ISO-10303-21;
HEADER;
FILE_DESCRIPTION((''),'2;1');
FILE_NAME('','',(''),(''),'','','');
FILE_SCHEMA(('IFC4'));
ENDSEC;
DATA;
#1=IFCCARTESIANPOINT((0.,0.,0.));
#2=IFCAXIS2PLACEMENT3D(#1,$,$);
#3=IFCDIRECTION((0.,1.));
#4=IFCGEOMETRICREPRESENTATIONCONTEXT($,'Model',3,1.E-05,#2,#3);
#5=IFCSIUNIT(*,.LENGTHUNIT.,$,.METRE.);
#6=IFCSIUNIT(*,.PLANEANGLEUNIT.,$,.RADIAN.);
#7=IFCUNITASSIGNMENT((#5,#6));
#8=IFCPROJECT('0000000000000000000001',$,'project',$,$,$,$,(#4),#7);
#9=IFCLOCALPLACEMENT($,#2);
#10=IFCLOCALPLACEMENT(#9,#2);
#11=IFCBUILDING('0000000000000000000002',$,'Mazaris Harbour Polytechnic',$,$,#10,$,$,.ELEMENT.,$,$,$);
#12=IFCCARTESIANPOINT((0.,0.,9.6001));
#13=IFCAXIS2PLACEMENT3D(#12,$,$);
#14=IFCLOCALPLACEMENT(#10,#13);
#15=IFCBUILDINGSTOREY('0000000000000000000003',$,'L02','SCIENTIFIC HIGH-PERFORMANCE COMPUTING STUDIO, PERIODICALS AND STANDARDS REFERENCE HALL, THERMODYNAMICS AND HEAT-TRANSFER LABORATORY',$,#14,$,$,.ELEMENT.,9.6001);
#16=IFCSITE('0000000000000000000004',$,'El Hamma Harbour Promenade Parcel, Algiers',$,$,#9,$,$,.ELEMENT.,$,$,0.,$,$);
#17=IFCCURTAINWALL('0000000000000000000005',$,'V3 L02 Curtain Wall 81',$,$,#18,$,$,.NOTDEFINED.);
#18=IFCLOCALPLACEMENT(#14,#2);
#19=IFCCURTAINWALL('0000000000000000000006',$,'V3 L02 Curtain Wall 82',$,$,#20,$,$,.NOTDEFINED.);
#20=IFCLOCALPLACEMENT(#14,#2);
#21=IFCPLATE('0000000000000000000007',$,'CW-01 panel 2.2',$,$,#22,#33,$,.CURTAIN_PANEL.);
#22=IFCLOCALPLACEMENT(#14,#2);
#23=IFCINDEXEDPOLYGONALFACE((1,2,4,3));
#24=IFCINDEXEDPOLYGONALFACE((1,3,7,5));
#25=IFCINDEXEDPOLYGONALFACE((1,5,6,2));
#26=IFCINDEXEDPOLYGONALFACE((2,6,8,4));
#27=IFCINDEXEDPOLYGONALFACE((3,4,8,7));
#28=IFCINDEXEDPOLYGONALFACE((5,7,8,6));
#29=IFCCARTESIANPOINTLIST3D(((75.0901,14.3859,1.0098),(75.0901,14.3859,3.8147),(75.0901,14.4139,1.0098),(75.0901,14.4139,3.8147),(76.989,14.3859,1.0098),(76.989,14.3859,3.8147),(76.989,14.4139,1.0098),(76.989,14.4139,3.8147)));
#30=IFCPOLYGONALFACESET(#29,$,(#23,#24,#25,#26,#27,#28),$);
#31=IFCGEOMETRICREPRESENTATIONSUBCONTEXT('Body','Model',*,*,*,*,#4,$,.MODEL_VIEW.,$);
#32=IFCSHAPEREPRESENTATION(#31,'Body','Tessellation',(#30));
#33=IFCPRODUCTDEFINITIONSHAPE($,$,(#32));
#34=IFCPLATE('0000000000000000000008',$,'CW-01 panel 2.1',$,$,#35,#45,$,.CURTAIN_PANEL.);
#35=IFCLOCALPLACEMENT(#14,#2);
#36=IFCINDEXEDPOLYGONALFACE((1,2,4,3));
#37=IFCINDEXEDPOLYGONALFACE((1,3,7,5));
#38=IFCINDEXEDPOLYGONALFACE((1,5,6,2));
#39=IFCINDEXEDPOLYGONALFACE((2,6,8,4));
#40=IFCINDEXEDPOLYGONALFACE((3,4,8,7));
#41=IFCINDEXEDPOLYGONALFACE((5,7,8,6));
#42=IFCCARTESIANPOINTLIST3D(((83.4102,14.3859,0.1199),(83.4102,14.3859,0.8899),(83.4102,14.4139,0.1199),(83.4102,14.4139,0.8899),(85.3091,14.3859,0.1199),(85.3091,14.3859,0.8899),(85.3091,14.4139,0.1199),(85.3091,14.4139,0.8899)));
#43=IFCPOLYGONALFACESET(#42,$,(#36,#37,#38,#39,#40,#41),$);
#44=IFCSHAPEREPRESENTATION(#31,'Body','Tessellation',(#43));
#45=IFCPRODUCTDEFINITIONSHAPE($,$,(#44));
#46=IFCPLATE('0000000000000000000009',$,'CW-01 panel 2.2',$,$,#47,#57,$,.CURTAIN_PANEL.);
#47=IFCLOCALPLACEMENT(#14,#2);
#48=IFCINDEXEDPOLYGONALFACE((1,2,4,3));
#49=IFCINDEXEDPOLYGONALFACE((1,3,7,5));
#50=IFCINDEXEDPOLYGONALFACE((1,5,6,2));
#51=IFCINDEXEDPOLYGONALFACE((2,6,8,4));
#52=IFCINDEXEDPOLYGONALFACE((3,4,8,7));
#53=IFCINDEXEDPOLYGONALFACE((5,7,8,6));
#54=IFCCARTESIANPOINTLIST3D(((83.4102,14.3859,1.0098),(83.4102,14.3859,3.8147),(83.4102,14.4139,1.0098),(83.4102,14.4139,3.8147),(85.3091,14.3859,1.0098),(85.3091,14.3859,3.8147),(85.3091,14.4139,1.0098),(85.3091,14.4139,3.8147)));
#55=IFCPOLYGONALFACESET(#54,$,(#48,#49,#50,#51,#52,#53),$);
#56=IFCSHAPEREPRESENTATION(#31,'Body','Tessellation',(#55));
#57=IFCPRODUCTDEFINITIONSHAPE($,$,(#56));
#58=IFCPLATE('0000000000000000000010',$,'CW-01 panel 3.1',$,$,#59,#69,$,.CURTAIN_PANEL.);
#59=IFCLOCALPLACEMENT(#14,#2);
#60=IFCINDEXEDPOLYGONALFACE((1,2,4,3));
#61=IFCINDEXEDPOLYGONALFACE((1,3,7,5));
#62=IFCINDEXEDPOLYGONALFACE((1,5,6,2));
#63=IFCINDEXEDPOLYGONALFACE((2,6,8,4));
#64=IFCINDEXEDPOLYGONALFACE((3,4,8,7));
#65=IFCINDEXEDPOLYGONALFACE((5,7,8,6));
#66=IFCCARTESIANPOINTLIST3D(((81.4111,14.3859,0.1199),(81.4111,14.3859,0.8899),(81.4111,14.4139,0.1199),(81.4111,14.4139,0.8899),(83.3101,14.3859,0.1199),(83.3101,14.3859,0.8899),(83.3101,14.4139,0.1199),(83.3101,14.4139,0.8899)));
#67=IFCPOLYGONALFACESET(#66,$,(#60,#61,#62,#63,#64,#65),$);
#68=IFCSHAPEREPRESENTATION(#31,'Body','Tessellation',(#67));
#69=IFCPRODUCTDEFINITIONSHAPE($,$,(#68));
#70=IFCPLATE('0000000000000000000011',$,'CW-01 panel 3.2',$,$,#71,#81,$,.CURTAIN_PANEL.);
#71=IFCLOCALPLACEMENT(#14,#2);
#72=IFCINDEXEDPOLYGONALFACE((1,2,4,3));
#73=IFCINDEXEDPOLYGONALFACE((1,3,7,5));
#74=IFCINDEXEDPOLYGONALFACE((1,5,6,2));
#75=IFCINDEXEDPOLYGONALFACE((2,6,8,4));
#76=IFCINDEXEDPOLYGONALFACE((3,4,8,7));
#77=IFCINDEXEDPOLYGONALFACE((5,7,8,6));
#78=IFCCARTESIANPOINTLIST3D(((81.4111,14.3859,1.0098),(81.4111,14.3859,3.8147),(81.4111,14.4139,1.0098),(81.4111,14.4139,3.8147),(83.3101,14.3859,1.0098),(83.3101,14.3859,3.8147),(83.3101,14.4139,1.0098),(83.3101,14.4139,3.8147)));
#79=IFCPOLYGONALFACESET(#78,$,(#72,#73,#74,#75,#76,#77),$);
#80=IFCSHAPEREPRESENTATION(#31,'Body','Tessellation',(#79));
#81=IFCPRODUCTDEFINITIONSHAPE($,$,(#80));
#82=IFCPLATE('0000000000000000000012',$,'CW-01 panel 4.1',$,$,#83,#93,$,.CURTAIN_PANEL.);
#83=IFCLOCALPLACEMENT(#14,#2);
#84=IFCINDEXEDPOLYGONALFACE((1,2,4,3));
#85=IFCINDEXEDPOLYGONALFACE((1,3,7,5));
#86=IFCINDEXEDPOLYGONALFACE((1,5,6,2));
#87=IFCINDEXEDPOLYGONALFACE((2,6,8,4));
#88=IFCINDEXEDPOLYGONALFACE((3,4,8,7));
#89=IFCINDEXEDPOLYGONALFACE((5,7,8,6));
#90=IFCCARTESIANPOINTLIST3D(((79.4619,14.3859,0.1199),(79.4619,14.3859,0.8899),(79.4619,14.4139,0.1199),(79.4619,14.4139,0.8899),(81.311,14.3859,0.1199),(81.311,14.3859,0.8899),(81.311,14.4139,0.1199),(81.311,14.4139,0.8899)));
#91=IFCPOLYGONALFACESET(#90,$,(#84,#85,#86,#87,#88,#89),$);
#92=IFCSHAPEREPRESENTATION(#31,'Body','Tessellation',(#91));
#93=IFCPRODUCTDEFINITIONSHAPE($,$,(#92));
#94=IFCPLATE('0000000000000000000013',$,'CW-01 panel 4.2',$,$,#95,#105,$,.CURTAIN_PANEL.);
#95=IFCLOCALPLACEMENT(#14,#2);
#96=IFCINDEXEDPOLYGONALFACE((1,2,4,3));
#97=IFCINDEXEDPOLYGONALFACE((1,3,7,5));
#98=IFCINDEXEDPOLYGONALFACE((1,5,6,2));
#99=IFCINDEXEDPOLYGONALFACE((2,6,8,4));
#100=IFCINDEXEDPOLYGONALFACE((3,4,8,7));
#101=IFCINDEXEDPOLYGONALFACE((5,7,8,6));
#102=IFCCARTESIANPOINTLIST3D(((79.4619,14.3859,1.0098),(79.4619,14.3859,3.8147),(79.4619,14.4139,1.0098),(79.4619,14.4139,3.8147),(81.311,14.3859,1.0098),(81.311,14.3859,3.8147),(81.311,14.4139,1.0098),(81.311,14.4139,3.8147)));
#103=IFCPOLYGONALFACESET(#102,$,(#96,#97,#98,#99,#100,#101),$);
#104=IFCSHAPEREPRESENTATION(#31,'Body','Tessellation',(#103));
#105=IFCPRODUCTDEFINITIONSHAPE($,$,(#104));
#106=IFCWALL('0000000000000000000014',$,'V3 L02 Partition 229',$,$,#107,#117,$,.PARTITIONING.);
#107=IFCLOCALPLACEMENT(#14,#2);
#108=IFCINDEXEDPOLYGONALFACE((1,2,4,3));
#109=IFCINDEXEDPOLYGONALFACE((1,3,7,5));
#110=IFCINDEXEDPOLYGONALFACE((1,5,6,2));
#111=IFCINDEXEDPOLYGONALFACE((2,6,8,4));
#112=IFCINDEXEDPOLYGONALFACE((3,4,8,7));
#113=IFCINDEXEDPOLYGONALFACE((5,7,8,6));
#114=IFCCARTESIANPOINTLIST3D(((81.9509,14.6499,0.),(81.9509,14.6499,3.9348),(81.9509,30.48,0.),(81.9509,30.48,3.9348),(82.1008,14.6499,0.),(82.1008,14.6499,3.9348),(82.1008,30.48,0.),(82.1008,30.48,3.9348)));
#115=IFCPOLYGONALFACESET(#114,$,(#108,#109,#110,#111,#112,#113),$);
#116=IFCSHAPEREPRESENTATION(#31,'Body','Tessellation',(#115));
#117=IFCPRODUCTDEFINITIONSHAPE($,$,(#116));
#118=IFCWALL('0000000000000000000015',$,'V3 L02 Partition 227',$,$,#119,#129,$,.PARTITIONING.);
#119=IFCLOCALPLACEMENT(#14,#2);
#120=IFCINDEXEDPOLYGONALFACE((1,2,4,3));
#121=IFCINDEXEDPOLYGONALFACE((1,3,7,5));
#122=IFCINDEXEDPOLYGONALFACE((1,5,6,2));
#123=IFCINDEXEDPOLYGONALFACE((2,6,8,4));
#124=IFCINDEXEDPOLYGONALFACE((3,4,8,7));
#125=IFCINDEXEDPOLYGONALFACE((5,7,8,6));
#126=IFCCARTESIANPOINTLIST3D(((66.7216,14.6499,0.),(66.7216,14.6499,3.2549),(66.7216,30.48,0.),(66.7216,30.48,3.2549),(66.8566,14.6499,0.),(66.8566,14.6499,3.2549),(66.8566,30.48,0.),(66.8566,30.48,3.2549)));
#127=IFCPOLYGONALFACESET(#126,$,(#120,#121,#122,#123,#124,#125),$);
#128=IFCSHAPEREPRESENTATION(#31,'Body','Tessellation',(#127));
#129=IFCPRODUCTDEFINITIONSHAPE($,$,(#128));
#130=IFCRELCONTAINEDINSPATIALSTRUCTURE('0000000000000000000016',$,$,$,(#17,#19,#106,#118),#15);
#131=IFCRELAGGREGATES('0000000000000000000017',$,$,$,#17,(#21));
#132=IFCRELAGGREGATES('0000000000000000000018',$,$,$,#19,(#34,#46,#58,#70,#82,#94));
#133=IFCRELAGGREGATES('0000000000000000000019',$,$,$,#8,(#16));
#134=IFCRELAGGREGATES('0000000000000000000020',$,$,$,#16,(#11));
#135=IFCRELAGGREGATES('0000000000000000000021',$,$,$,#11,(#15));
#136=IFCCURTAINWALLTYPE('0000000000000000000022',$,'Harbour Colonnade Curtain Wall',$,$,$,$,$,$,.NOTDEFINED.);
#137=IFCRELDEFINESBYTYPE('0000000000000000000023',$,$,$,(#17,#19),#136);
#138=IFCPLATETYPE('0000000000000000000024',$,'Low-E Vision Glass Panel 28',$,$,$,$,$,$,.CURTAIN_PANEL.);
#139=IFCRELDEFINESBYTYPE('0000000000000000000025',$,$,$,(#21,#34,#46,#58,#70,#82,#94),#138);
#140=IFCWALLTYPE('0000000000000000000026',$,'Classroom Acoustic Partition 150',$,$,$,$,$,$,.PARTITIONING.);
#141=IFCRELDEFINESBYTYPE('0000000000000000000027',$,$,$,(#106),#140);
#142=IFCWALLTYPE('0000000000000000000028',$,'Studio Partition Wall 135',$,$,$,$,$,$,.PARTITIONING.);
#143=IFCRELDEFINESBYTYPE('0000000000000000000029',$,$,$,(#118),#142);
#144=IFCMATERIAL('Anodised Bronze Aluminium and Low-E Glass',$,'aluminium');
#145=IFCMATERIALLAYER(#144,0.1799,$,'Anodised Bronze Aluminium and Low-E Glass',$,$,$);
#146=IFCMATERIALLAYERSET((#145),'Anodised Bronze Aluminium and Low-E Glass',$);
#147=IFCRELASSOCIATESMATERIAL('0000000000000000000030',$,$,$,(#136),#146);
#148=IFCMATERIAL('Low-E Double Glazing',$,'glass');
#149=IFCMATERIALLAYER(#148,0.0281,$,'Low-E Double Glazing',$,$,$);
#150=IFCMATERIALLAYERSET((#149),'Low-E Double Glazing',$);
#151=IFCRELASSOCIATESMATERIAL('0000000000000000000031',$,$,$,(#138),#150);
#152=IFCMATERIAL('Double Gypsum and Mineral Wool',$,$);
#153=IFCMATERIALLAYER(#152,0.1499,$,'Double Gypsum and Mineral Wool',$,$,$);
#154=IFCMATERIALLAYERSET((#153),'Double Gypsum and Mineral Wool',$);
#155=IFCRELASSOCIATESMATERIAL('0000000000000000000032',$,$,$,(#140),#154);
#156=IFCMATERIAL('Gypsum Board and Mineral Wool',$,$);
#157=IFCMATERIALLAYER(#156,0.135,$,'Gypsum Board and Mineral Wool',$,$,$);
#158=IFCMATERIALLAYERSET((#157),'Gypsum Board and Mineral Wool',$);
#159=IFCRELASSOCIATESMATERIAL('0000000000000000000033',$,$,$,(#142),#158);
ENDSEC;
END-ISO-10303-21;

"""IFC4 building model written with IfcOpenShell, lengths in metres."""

from ifc_helpers import new_model, si_unit, direction, frame, frame_2d, origin, origin_2d, place, context, subcontext, project, spatial, rectangle, extrude, material, layer, layer_set, type_object, element, aggregate, save


model = new_model("IFC4")

# Units and contexts
model_context = context("Model", 3, precision=1e-05, world=origin(), true_north=direction((0.0, 1.0)))
body_context = subcontext(model_context, "Body", "Model", "MODEL_VIEW")
ifc_project = project(units=[si_unit("LENGTHUNIT", "METRE"), si_unit("PLANEANGLEUNIT", "RADIAN")], contexts=[model_context])

# Site, building, storey
site_placement = place(None, origin())
site = spatial("IfcSite", under=ifc_project, at=site_placement, Name="El Hamma Harbour Promenade Parcel, Algiers", CompositionType="ELEMENT", RefElevation=0.0)
building_placement = place(site_placement, origin())
building = spatial("IfcBuilding", under=site, at=building_placement, Name="Mazaris Harbour Polytechnic", CompositionType="ELEMENT")
storey_placement = place(building_placement, frame((0.0, 0.0, 9.6001)))
storey = spatial("IfcBuildingStorey", under=building, at=storey_placement, Name="L02", Description="SCIENTIFIC HIGH-PERFORMANCE COMPUTING STUDIO, PERIODICALS AND STANDARDS REFERENCE HALL, THERMODYNAMICS AND HEAT-TRANSFER LABORATORY", CompositionType="ELEMENT", Elevation=9.6001)

# Curtain walls
ifc_material_1 = material(Name="Anodised Bronze Aluminium and Low-E Glass", Category="aluminium")
ifc_layer_1 = layer(ifc_material_1, 0.1799, Name="Anodised Bronze Aluminium and Low-E Glass")
ifc_layer_set_1 = layer_set([ifc_layer_1], Name="Anodised Bronze Aluminium and Low-E Glass")
curtain_wall_type = type_object("IfcCurtainWallType", Name="Harbour Colonnade Curtain Wall", PredefinedType="NOTDEFINED", material=ifc_layer_set_1)
curtain_wall_1_placement = place(storey_placement, origin())
curtain_wall_1 = element("IfcCurtainWall", 1, at=curtain_wall_1_placement, inside=storey, type_object=curtain_wall_type, Name="V3 L02 Curtain Wall 81", PredefinedType="NOTDEFINED")
curtain_wall_2_placement = place(storey_placement, origin())
curtain_wall_2 = element("IfcCurtainWall", 2, at=curtain_wall_2_placement, inside=storey, type_object=curtain_wall_type, Name="V3 L02 Curtain Wall 82", PredefinedType="NOTDEFINED")

# Plates
ifc_material_2 = material(Name="Low-E Double Glazing", Category="glass")
ifc_layer_2 = layer(ifc_material_2, 0.0281, Name="Low-E Double Glazing")
ifc_layer_set_2 = layer_set([ifc_layer_2], Name="Low-E Double Glazing")
plate_type = type_object("IfcPlateType", Name="Low-E Vision Glass Panel 28", PredefinedType="CURTAIN_PANEL", material=ifc_layer_set_2)
plate_1_placement = place(storey_placement, frame((76.0396, 14.3999, 1.0098), z_axis=(0.0, 0.0, 1.0), x_axis=(-1.0, 0.0, 0.0)))
plate_1 = element("IfcPlate", 3, at=plate_1_placement, type_object=plate_type, Name="CW-01 panel 2.2", PredefinedType="CURTAIN_PANEL", context=body_context, shape_type="SweptSolid", body=[
    extrude(rectangle(XDim=1.8989, YDim=0.0281, at=origin_2d()), origin(), (0.0, 0.0, 1.0), 2.8049),
])
aggregate(curtain_wall_1, [plate_1])
plate_2_placement = place(storey_placement, frame((84.3596, 14.3999, 0.1199), z_axis=(0.0, 0.0, 1.0), x_axis=(-1.0, 0.0, 0.0)))
plate_2 = element("IfcPlate", 4, at=plate_2_placement, type_object=plate_type, Name="CW-01 panel 2.1", PredefinedType="CURTAIN_PANEL", context=body_context, shape_type="SweptSolid", body=[
    extrude(rectangle(XDim=1.8989, YDim=0.0281, at=origin_2d()), origin(), (0.0, 0.0, 1.0), 0.77),
])
plate_3_placement = place(storey_placement, frame((84.3596, 14.3999, 1.0098), z_axis=(0.0, 0.0, 1.0), x_axis=(-1.0, 0.0, 0.0)))
plate_3 = element("IfcPlate", 5, at=plate_3_placement, type_object=plate_type, Name="CW-01 panel 2.2", PredefinedType="CURTAIN_PANEL", context=body_context, shape_type="SweptSolid", body=[
    extrude(rectangle(XDim=1.8989, YDim=0.0281, at=origin_2d()), origin(), (0.0, 0.0, 1.0), 2.8049),
])
plate_4_placement = place(storey_placement, frame((82.3606, 14.3999, 0.1199), z_axis=(0.0, 0.0, 1.0), x_axis=(-1.0, 0.0, 0.0)))
plate_4 = element("IfcPlate", 6, at=plate_4_placement, type_object=plate_type, Name="CW-01 panel 3.1", PredefinedType="CURTAIN_PANEL", context=body_context, shape_type="SweptSolid", body=[
    extrude(rectangle(XDim=1.8989, YDim=0.0281, at=origin_2d()), origin(), (0.0, 0.0, 1.0), 0.77),
])
plate_5_placement = place(storey_placement, frame((82.3606, 14.3999, 1.0098), z_axis=(0.0, 0.0, 1.0), x_axis=(-1.0, 0.0, 0.0)))
plate_5 = element("IfcPlate", 7, at=plate_5_placement, type_object=plate_type, Name="CW-01 panel 3.2", PredefinedType="CURTAIN_PANEL", context=body_context, shape_type="SweptSolid", body=[
    extrude(rectangle(XDim=1.8989, YDim=0.0281, at=origin_2d()), origin(), (0.0, 0.0, 1.0), 2.8049),
])
plate_6_placement = place(storey_placement, frame((80.3865, 14.3999, 0.1199), z_axis=(0.0, 0.0, 1.0), x_axis=(-1.0, 0.0, 0.0)))
plate_6 = element("IfcPlate", 8, at=plate_6_placement, type_object=plate_type, Name="CW-01 panel 4.1", PredefinedType="CURTAIN_PANEL", context=body_context, shape_type="SweptSolid", body=[
    extrude(rectangle(XDim=1.8491, YDim=0.0281, at=origin_2d()), origin(), (0.0, 0.0, 1.0), 0.77),
])
plate_7_placement = place(storey_placement, frame((80.3865, 14.3999, 1.0098), z_axis=(0.0, 0.0, 1.0), x_axis=(-1.0, 0.0, 0.0)))
plate_7 = element("IfcPlate", 9, at=plate_7_placement, type_object=plate_type, Name="CW-01 panel 4.2", PredefinedType="CURTAIN_PANEL", context=body_context, shape_type="SweptSolid", body=[
    extrude(rectangle(XDim=1.8491, YDim=0.0281, at=origin_2d()), origin(), (0.0, 0.0, 1.0), 2.8049),
])
aggregate(curtain_wall_2, [plate_2, plate_3, plate_4, plate_5, plate_6, plate_7])

# Walls
ifc_material_3 = material(Name="Double Gypsum and Mineral Wool")
ifc_layer_3 = layer(ifc_material_3, 0.1499, Name="Double Gypsum and Mineral Wool")
ifc_layer_set_3 = layer_set([ifc_layer_3], Name="Double Gypsum and Mineral Wool")
wall_type_1 = type_object("IfcWallType", Name="Classroom Acoustic Partition 150", PredefinedType="PARTITIONING", material=ifc_layer_set_3)
wall_1_placement = place(storey_placement, frame((82.0259, 14.6499, 0.0), z_axis=(0.0, 0.0, 1.0), x_axis=(0.0, 1.0, 0.0)))
element("IfcWall", 10, at=wall_1_placement, inside=storey, type_object=wall_type_1, Name="V3 L02 Partition 229", PredefinedType="PARTITIONING", context=body_context, shape_type="SweptSolid", body=[
    extrude(rectangle(XDim=15.8301, YDim=0.1499, at=frame_2d((7.915, 0.0))), origin(), (0.0, 0.0, 1.0), 3.9348),
])
ifc_material_4 = material(Name="Gypsum Board and Mineral Wool")
ifc_layer_4 = layer(ifc_material_4, 0.135, Name="Gypsum Board and Mineral Wool")
ifc_layer_set_4 = layer_set([ifc_layer_4], Name="Gypsum Board and Mineral Wool")
wall_type_2 = type_object("IfcWallType", Name="Studio Partition Wall 135", PredefinedType="PARTITIONING", material=ifc_layer_set_4)
wall_2_placement = place(storey_placement, frame((66.7891, 14.6499, 0.0), z_axis=(0.0, 0.0, 1.0), x_axis=(0.0, 1.0, 0.0)))
element("IfcWall", 11, at=wall_2_placement, inside=storey, type_object=wall_type_2, Name="V3 L02 Partition 227", PredefinedType="PARTITIONING", context=body_context, shape_type="SweptSolid", body=[
    extrude(rectangle(XDim=15.8301, YDim=0.135, at=frame_2d((7.915, 0.0))), origin(), (0.0, 0.0, 1.0), 3.2549),
])

save(model, "model.ifc")
